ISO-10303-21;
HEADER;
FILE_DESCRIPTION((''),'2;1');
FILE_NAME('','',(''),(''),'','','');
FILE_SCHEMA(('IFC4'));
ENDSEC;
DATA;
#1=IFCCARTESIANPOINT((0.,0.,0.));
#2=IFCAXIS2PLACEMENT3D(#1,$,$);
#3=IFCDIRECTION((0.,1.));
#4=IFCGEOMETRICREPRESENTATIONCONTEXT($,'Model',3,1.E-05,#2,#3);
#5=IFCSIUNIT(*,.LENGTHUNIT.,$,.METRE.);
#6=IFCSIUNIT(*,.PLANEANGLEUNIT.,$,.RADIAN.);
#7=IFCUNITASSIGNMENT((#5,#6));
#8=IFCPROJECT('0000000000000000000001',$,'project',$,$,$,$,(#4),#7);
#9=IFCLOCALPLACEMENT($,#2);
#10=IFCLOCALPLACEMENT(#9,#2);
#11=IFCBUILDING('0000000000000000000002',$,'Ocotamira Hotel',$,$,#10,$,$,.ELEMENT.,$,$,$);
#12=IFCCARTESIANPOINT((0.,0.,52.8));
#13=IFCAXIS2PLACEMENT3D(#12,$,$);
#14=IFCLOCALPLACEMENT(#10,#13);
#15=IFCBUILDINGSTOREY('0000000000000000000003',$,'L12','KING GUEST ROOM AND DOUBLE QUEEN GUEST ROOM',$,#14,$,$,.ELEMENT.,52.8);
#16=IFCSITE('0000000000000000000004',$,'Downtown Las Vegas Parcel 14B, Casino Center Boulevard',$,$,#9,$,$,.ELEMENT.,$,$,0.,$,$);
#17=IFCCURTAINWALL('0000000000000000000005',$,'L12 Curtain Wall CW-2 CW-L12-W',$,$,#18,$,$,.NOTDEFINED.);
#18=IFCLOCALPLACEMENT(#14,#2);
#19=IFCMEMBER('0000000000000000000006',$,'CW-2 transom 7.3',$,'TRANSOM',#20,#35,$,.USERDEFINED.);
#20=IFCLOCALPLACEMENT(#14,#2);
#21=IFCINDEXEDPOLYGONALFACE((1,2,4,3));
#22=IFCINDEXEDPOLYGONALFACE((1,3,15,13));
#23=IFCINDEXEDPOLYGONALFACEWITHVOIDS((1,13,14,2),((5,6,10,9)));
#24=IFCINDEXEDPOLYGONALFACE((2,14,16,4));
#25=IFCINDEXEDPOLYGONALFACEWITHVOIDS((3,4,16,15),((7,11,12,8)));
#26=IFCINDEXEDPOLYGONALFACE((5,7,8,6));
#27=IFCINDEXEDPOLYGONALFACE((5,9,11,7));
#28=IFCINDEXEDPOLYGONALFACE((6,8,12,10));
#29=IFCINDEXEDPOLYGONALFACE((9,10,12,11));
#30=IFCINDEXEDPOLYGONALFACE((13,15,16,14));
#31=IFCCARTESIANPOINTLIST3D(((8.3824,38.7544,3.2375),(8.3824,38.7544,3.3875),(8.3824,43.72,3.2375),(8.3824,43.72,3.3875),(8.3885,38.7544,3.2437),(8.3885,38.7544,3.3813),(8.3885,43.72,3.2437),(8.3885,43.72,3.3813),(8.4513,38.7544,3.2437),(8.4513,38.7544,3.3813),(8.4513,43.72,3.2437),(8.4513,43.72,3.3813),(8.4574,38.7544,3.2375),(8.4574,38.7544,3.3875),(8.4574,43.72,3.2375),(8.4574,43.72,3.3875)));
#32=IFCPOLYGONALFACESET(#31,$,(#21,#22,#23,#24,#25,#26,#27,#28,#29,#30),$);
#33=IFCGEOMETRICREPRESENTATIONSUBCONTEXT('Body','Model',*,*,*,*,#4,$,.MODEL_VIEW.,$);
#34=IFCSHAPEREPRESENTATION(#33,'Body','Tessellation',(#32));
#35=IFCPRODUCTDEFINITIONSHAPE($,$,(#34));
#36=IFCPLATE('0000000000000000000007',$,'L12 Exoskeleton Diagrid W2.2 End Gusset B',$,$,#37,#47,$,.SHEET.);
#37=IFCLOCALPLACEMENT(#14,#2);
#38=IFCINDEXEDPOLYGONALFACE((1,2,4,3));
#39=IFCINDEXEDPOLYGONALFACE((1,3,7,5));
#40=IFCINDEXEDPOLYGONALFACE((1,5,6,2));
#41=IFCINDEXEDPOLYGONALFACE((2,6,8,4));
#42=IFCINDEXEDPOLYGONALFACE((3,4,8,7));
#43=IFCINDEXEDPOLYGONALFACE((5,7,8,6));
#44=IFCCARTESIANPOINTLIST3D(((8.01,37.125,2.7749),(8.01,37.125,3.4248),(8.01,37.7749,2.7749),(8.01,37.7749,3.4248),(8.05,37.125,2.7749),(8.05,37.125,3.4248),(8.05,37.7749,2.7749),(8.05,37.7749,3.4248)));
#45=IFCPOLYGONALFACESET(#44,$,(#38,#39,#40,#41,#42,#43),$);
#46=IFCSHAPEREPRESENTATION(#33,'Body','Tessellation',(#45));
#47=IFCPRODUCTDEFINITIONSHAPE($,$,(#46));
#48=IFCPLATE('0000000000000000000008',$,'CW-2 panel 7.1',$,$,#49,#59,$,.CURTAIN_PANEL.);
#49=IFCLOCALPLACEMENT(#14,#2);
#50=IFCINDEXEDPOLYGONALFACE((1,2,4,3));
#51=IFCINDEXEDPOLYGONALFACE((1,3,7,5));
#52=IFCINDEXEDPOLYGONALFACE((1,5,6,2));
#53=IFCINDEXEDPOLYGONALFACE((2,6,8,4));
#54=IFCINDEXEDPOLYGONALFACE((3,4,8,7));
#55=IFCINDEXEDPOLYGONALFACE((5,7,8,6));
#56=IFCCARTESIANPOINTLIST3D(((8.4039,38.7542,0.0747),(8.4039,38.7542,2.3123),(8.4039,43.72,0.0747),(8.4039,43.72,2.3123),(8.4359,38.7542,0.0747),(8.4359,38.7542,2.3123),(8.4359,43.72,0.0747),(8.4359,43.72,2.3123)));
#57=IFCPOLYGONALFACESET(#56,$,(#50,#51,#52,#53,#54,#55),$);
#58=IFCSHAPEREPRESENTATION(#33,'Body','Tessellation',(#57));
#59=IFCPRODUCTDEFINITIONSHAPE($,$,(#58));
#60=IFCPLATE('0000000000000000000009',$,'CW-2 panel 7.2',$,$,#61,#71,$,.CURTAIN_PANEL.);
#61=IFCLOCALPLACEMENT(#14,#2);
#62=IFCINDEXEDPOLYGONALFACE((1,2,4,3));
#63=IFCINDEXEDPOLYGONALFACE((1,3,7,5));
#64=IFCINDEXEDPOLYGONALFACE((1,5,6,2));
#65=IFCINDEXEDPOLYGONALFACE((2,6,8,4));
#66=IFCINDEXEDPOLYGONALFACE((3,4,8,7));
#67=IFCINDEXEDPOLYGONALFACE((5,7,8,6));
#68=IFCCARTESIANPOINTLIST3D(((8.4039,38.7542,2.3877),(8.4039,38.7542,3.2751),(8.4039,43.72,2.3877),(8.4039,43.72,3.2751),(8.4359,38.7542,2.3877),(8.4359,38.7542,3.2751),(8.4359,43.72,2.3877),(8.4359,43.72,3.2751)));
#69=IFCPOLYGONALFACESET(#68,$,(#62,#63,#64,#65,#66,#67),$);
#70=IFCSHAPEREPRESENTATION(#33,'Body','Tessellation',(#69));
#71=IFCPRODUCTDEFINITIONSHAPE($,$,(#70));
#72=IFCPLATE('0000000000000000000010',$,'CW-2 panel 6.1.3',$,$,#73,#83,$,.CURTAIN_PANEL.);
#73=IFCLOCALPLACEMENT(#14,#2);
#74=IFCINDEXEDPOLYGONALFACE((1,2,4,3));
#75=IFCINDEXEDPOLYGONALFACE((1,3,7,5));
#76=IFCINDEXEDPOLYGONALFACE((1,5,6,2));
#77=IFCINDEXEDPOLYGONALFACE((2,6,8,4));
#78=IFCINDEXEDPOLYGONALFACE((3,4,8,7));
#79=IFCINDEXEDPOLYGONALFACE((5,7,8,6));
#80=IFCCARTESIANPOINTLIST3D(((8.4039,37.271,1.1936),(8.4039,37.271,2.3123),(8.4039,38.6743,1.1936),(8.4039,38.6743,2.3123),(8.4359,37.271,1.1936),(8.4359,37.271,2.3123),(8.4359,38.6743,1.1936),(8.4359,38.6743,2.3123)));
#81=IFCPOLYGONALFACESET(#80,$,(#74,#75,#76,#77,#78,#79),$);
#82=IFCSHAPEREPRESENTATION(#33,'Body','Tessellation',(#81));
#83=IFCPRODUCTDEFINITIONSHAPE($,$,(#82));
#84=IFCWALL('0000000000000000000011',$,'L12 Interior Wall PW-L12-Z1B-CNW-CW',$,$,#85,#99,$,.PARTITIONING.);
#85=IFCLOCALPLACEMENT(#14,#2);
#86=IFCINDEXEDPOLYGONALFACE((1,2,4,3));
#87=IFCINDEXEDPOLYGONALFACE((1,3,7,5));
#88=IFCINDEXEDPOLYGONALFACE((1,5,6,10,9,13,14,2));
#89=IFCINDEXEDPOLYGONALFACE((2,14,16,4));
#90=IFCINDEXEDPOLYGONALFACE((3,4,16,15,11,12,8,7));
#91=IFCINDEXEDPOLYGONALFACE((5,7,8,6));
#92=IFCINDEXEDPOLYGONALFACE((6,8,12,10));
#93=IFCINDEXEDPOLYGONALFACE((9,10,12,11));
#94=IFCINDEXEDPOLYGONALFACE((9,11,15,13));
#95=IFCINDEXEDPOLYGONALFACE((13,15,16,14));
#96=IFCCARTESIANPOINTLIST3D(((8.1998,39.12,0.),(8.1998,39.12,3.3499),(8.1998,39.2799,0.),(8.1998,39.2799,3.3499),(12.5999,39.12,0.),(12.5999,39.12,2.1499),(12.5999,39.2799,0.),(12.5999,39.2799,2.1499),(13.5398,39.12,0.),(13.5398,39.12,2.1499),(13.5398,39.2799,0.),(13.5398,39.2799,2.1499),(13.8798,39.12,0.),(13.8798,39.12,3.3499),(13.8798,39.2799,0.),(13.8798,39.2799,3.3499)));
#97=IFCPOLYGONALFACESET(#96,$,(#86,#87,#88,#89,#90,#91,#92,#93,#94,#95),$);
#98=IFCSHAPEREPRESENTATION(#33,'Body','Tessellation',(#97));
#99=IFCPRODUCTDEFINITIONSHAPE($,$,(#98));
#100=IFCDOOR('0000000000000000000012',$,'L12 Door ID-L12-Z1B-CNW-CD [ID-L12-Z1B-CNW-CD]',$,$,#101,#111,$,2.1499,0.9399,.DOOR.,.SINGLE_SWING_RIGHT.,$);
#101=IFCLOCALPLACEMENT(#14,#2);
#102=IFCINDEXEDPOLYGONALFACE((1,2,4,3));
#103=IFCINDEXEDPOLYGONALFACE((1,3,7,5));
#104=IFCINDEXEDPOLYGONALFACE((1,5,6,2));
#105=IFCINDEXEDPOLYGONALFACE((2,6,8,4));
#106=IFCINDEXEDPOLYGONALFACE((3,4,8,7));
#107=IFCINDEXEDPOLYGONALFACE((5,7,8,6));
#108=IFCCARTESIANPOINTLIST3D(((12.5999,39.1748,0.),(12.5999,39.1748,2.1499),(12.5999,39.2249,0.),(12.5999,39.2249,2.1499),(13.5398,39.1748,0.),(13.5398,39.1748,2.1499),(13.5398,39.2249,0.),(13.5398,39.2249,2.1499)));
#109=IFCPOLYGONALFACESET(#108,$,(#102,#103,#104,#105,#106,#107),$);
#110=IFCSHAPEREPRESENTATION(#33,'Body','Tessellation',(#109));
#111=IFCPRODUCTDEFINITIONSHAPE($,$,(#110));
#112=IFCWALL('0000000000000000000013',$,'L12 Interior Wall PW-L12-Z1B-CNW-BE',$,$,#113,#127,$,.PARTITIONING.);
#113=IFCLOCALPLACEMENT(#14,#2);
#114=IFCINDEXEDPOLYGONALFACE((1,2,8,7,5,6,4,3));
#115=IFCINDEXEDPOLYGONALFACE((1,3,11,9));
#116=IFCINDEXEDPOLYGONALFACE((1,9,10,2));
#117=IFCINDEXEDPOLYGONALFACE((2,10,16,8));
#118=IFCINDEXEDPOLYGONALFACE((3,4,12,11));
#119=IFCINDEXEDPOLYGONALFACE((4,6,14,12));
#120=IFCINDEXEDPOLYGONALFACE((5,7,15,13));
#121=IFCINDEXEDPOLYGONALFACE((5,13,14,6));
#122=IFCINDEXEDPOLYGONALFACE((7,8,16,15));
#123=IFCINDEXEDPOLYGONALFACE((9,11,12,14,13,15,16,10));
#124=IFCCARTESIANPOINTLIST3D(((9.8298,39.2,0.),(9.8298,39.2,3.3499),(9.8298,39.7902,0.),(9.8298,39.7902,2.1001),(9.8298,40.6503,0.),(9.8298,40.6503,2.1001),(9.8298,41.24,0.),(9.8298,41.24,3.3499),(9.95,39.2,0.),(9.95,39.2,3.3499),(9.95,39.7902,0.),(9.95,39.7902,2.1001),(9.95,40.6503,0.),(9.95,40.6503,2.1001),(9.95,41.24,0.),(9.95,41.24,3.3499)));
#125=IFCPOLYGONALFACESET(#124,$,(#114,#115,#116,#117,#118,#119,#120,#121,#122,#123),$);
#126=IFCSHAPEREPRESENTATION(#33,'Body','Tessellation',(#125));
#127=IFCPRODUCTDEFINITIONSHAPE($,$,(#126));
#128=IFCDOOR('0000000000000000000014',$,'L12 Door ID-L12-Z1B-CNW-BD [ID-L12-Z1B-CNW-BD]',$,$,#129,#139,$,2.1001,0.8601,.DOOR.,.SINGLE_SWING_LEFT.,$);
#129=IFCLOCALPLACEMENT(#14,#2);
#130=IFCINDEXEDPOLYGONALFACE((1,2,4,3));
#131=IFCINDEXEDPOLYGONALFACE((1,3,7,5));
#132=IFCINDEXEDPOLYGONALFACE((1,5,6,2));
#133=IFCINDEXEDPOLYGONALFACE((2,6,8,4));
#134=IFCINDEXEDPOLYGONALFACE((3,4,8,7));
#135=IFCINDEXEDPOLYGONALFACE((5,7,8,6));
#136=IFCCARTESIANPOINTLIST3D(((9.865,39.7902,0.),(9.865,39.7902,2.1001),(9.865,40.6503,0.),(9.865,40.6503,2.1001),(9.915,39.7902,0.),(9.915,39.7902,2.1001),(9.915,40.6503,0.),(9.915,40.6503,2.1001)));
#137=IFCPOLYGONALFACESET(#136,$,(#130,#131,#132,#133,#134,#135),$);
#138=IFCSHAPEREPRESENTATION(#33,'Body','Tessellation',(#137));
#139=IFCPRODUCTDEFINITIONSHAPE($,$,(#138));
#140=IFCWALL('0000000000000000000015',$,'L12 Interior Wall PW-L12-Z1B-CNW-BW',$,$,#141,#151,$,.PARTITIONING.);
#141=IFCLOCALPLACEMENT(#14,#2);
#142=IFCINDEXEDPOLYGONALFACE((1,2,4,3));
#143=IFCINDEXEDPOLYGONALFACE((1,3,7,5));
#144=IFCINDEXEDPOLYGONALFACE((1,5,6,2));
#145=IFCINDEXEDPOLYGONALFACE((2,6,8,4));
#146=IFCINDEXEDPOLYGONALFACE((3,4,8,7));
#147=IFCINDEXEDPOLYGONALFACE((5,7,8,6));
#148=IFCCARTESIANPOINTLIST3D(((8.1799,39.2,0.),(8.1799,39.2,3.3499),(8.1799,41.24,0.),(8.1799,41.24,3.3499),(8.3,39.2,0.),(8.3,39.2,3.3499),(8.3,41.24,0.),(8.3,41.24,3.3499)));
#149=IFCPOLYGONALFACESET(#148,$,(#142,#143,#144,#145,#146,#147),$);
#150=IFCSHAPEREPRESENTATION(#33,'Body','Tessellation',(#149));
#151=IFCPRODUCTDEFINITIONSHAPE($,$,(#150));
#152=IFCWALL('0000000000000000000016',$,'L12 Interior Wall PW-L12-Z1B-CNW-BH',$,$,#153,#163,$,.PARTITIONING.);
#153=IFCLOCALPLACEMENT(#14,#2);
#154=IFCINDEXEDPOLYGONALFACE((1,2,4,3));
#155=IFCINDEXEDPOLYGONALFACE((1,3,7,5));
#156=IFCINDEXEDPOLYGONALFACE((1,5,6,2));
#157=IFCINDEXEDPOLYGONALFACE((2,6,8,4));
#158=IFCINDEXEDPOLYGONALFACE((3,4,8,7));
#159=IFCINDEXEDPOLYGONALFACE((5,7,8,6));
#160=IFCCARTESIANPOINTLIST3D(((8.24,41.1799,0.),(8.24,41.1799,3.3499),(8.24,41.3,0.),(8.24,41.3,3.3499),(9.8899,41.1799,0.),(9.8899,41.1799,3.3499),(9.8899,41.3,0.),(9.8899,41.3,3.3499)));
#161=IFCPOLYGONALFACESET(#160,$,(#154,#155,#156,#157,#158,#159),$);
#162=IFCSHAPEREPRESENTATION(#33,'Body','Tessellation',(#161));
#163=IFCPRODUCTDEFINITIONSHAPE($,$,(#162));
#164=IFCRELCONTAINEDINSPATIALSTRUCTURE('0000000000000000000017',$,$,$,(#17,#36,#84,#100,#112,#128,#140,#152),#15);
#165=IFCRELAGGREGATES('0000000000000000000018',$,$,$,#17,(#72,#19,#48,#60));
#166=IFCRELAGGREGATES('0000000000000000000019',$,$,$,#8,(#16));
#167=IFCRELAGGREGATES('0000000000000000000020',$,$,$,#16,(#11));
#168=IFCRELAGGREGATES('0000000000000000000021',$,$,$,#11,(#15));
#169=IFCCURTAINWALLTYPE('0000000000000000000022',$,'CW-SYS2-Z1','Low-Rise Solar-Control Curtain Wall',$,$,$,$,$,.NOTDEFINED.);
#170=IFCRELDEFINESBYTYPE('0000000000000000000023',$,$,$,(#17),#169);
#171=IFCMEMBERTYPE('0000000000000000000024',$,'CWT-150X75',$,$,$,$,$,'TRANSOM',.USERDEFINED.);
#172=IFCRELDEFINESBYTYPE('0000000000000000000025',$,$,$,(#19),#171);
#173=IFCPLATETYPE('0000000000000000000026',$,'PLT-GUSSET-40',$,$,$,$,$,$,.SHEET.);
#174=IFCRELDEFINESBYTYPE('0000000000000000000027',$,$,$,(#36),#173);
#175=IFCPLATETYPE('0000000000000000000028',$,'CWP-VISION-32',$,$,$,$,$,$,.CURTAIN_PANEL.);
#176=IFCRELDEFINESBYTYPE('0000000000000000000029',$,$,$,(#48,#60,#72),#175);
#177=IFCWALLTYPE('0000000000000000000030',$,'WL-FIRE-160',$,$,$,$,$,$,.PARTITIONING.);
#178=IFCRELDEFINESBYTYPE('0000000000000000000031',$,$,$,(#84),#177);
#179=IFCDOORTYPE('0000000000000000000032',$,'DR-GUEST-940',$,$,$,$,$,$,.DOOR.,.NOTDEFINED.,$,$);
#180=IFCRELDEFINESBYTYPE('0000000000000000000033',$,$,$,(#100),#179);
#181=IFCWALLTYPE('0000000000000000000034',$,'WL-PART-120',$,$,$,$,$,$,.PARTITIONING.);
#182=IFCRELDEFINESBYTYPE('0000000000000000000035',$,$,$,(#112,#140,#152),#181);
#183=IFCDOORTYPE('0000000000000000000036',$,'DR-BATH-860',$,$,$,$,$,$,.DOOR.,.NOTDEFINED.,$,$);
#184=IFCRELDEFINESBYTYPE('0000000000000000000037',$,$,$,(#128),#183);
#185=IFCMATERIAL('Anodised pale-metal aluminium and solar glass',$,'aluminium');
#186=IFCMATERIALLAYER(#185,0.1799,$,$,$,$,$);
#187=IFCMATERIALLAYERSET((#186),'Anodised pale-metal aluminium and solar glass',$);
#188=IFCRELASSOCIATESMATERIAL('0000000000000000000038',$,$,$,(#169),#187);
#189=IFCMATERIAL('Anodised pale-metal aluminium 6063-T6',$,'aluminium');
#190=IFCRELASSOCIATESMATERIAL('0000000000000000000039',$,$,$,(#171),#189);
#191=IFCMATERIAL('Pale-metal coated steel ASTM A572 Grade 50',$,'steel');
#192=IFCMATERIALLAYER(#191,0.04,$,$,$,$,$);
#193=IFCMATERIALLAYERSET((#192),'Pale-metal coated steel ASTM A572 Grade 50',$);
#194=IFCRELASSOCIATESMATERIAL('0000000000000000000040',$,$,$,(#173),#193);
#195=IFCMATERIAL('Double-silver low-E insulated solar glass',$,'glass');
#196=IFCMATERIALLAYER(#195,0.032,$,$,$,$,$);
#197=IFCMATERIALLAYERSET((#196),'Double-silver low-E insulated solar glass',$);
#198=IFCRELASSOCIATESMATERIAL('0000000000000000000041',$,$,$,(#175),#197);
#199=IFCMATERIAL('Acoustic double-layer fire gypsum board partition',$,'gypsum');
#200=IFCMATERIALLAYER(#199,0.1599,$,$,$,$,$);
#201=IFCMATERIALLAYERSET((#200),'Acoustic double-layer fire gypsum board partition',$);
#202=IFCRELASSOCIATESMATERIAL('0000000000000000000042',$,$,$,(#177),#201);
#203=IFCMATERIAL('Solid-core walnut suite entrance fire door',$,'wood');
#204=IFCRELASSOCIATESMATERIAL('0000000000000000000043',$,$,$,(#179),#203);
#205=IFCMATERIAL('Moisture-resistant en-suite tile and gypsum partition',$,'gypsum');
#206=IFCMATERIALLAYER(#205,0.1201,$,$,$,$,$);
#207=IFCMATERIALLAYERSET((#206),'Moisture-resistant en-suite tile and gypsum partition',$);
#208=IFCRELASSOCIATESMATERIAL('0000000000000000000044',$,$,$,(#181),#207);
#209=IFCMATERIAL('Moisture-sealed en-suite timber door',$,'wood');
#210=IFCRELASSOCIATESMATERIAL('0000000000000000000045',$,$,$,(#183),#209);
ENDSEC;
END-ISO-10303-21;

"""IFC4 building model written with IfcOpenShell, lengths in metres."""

from ifc_helpers import new_model, si_unit, direction, frame, frame_2d, origin, origin_2d, place, context, subcontext, project, spatial, rectangle, hollow_rectangle, extrude, source, transform, mapped, material, layer, layer_set, material_profile, profile_set, type_object, element, fill, aggregate, save


model = new_model("IFC4")

# Units and contexts
model_context = context("Model", 3, precision=1e-05, world=origin(), true_north=direction((0.0, 1.0)))
body_context = subcontext(model_context, "Body", "Model", "MODEL_VIEW")
ifc_project = project(units=[si_unit("LENGTHUNIT", "METRE"), si_unit("PLANEANGLEUNIT", "RADIAN")], contexts=[model_context])

# Site, building, storey
site_placement = place(None, origin())
site = spatial("IfcSite", under=ifc_project, at=site_placement, Name="Downtown Las Vegas Parcel 14B, Casino Center Boulevard", CompositionType="ELEMENT", RefElevation=0.0)
building_placement = place(site_placement, origin())
building = spatial("IfcBuilding", under=site, at=building_placement, Name="Ocotamira Hotel", CompositionType="ELEMENT")
storey_placement = place(building_placement, frame((0.0, 0.0, 52.8)))
storey = spatial("IfcBuildingStorey", under=building, at=storey_placement, Name="L12", Description="KING GUEST ROOM AND DOUBLE QUEEN GUEST ROOM", CompositionType="ELEMENT", Elevation=52.8)

# Curtain wall, member
ifc_material_1 = material(Name="Anodised pale-metal aluminium and solar glass", Category="aluminium")
ifc_layer_1 = layer(ifc_material_1, 0.1799)
ifc_layer_set_1 = layer_set([ifc_layer_1], Name="Anodised pale-metal aluminium and solar glass")
curtain_wall_type = type_object("IfcCurtainWallType", Name="CW-SYS2-Z1", Description="Low-Rise Solar-Control Curtain Wall", PredefinedType="NOTDEFINED", material=ifc_layer_set_1)
curtain_wall_placement = place(storey_placement, origin())
curtain_wall = element("IfcCurtainWall", 1, at=curtain_wall_placement, inside=storey, type_object=curtain_wall_type, Name="L12 Curtain Wall CW-2 CW-L12-W", PredefinedType="NOTDEFINED")
ifc_material_2 = material(Name="Anodised pale-metal aluminium 6063-T6", Category="aluminium")
ifc_material_profile_1 = material_profile(ifc_material_2, hollow_rectangle(XDim=0.075, YDim=0.1499, WallThickness=0.0061, at=origin_2d()), Name="HSS150X75X6")
ifc_profile_set_1 = profile_set([ifc_material_profile_1], Name="Anodised pale-metal aluminium 6063-T6")
member_type_1 = type_object("IfcMemberType", Name="CWT-150X75", ElementType="TRANSOM", PredefinedType="USERDEFINED", material=ifc_profile_set_1)
shared_shape_1 = source(origin(), body_context, "Body", "SweptSolid", [
    extrude(hollow_rectangle(XDim=0.075, YDim=0.1499, WallThickness=0.0061, at=origin_2d()), origin(), (0.0, 0.0, 1.0), 4.9656),
])
member_1_placement = place(storey_placement, frame((8.4199, 38.7544, 3.3125), z_axis=(0.0, 1.0, 0.0), x_axis=(-1.0, 0.0, 0.0)))
member_1 = element("IfcMember", 2, at=member_1_placement, type_object=member_type_1, Name="CW-2 transom 7.3", ObjectType="TRANSOM", PredefinedType="USERDEFINED", context=body_context, shape_type="MappedRepresentation", body=[
    mapped(shared_shape_1, transform((0.0, 0.0, 0.0), scale=1.0)),
])

# Plates
ifc_material_3 = material(Name="Pale-metal coated steel ASTM A572 Grade 50", Category="steel")
ifc_layer_2 = layer(ifc_material_3, 0.04)
ifc_layer_set_2 = layer_set([ifc_layer_2], Name="Pale-metal coated steel ASTM A572 Grade 50")
plate_type_1 = type_object("IfcPlateType", Name="PLT-GUSSET-40", PredefinedType="SHEET", material=ifc_layer_set_2)
shared_shape_2 = source(origin(), body_context, "Body", "SweptSolid", [
    extrude(rectangle(XDim=0.04, YDim=0.6499, at=origin_2d()), origin(), (0.0, 0.0, 1.0), 0.6499),
])
plate_1_placement = place(storey_placement, frame((8.03, 37.45, 2.7749), z_axis=(0.0, 0.0, 1.0), x_axis=(1.0, 0.0, 0.0)))
element("IfcPlate", 3, at=plate_1_placement, inside=storey, type_object=plate_type_1, Name="L12 Exoskeleton Diagrid W2.2 End Gusset B", PredefinedType="SHEET", context=body_context, shape_type="MappedRepresentation", body=[
    mapped(shared_shape_2, transform((0.0, 0.0, 0.0), scale=1.0)),
])
ifc_material_4 = material(Name="Double-silver low-E insulated solar glass", Category="glass")
ifc_layer_3 = layer(ifc_material_4, 0.032)
ifc_layer_set_3 = layer_set([ifc_layer_3], Name="Double-silver low-E insulated solar glass")
plate_type_2 = type_object("IfcPlateType", Name="CWP-VISION-32", PredefinedType="CURTAIN_PANEL", material=ifc_layer_set_3)
shared_shape_3 = source(origin(), body_context, "Body", "SweptSolid", [
    extrude(rectangle(XDim=4.9658, YDim=0.032, at=origin_2d()), origin(), (0.0, 0.0, 1.0), 2.2375),
])
plate_2_placement = place(storey_placement, frame((8.4199, 41.2371, 0.0747), z_axis=(0.0, 0.0, 1.0), x_axis=(0.0, 1.0, 0.0)))
plate_2 = element("IfcPlate", 4, at=plate_2_placement, type_object=plate_type_2, Name="CW-2 panel 7.1", PredefinedType="CURTAIN_PANEL", context=body_context, shape_type="MappedRepresentation", body=[
    mapped(shared_shape_3, transform((0.0, 0.0, 0.0), scale=1.0)),
])
shared_shape_4 = source(origin(), body_context, "Body", "SweptSolid", [
    extrude(rectangle(XDim=4.9658, YDim=0.032, at=origin_2d()), origin(), (0.0, 0.0, 1.0), 0.8875),
])
plate_3_placement = place(storey_placement, frame((8.4199, 41.2371, 2.3877), z_axis=(0.0, 0.0, 1.0), x_axis=(0.0, 1.0, 0.0)))
plate_3 = element("IfcPlate", 5, at=plate_3_placement, type_object=plate_type_2, Name="CW-2 panel 7.2", PredefinedType="CURTAIN_PANEL", context=body_context, shape_type="MappedRepresentation", body=[
    mapped(shared_shape_4, transform((0.0, 0.0, 0.0), scale=1.0)),
])
shared_shape_5 = source(origin(), body_context, "Body", "SweptSolid", [
    extrude(rectangle(XDim=1.4033, YDim=0.032, at=origin_2d()), origin(), (0.0, 0.0, 1.0), 1.1187),
])
plate_4_placement = place(storey_placement, frame((8.4199, 37.9727, 1.1936), z_axis=(0.0, 0.0, 1.0), x_axis=(0.0, 1.0, 0.0)))
plate_4 = element("IfcPlate", 6, at=plate_4_placement, type_object=plate_type_2, Name="CW-2 panel 6.1.3", PredefinedType="CURTAIN_PANEL", context=body_context, shape_type="MappedRepresentation", body=[
    mapped(shared_shape_5, transform((0.0, 0.0, 0.0), scale=1.0)),
])
aggregate(curtain_wall, [plate_4, member_1, plate_2, plate_3])

# Wall, opening, door
ifc_material_5 = material(Name="Acoustic double-layer fire gypsum board partition", Category="gypsum")
ifc_layer_4 = layer(ifc_material_5, 0.1599)
ifc_layer_set_4 = layer_set([ifc_layer_4], Name="Acoustic double-layer fire gypsum board partition")
wall_type_1 = type_object("IfcWallType", Name="WL-FIRE-160", PredefinedType="PARTITIONING", material=ifc_layer_set_4)
wall_1_placement = place(storey_placement, frame((8.2, 39.2, 0.0), z_axis=(0.0, 0.0, 1.0), x_axis=(1.0, 0.0, 0.0)))
wall_1 = element("IfcWall", 7, at=wall_1_placement, inside=storey, type_object=wall_type_1, Name="L12 Interior Wall PW-L12-Z1B-CNW-CW", PredefinedType="PARTITIONING", context=body_context, shape_type="SweptSolid", body=[
    extrude(rectangle(XDim=5.6799, YDim=0.1599, at=frame_2d((2.8398, 0.0))), origin(), (0.0, 0.0, 1.0), 3.3499),
])
opening_1_placement = place(wall_1_placement, frame((4.3999, 0.0, 0.0)))
opening_1 = element("IfcOpeningElement", 8, at=opening_1_placement, cuts=wall_1, PredefinedType="OPENING", context=body_context, shape_type="SweptSolid", body=[
    extrude(rectangle(XDim=0.9399, YDim=2.1499, at=frame_2d((0.47, 1.075))), frame((0.0, 0.0898, 0.0), z_axis=(0.0, -1.0, 0.0), x_axis=(1.0, 0.0, 0.0)), (0.0, 0.0, 1.0), 0.1799),
])
ifc_material_6 = material(Name="Solid-core walnut suite entrance fire door", Category="wood")
door_type_1 = type_object("IfcDoorType", Name="DR-GUEST-940", OperationType="NOTDEFINED", PredefinedType="DOOR", material=ifc_material_6)
shared_shape_6 = source(origin(), body_context, "Body", "SweptSolid", [
    extrude(rectangle(XDim=0.9399, YDim=2.1499, at=frame_2d((0.47, 1.075))), frame((0.0, 0.0249, 0.0), z_axis=(0.0, -1.0, 0.0), x_axis=(1.0, 0.0, 0.0)), (0.0, 0.0, 1.0), 0.05),
])
door_1_placement = place(opening_1_placement, origin())
door_1 = element("IfcDoor", 9, at=door_1_placement, inside=storey, type_object=door_type_1, Name="L12 Door ID-L12-Z1B-CNW-CD [ID-L12-Z1B-CNW-CD]", OperationType="SINGLE_SWING_RIGHT", OverallHeight=2.1499, OverallWidth=0.9399, PredefinedType="DOOR", context=body_context, shape_type="MappedRepresentation", body=[
    mapped(shared_shape_6, transform((0.0, 0.0, 0.0), scale=1.0)),
])
fill(opening_1, door_1)

# Wall, opening, door
ifc_material_7 = material(Name="Moisture-resistant en-suite tile and gypsum partition", Category="gypsum")
ifc_layer_5 = layer(ifc_material_7, 0.1201)
ifc_layer_set_5 = layer_set([ifc_layer_5], Name="Moisture-resistant en-suite tile and gypsum partition")
wall_type_2 = type_object("IfcWallType", Name="WL-PART-120", PredefinedType="PARTITIONING", material=ifc_layer_set_5)
wall_2_placement = place(storey_placement, frame((9.8899, 39.2, 0.0), z_axis=(0.0, 0.0, 1.0), x_axis=(0.0, 1.0, 0.0)))
wall_2 = element("IfcWall", 10, at=wall_2_placement, inside=storey, type_object=wall_type_2, Name="L12 Interior Wall PW-L12-Z1B-CNW-BE", PredefinedType="PARTITIONING", context=body_context, shape_type="SweptSolid", body=[
    extrude(rectangle(XDim=2.04, YDim=0.1201, at=frame_2d((1.02, 0.0))), origin(), (0.0, 0.0, 1.0), 3.3499),
])
opening_2_placement = place(wall_2_placement, frame((0.5901, 0.0, 0.0)))
opening_2 = element("IfcOpeningElement", 11, at=opening_2_placement, cuts=wall_2, PredefinedType="OPENING", context=body_context, shape_type="SweptSolid", body=[
    extrude(rectangle(XDim=0.8601, YDim=2.1001, at=frame_2d((0.4302, 1.05))), frame((0.0, 0.0701, 0.0), z_axis=(0.0, -1.0, 0.0), x_axis=(1.0, 0.0, 0.0)), (0.0, 0.0, 1.0), 0.1401),
])
ifc_material_8 = material(Name="Moisture-sealed en-suite timber door", Category="wood")
door_type_2 = type_object("IfcDoorType", Name="DR-BATH-860", OperationType="NOTDEFINED", PredefinedType="DOOR", material=ifc_material_8)
shared_shape_7 = source(origin(), body_context, "Body", "SweptSolid", [
    extrude(rectangle(XDim=0.8601, YDim=2.1001, at=frame_2d((0.4302, 1.05))), frame((0.0, 0.0249, 0.0), z_axis=(0.0, -1.0, 0.0), x_axis=(1.0, 0.0, 0.0)), (0.0, 0.0, 1.0), 0.05),
])
door_2_placement = place(opening_2_placement, origin())
door_2 = element("IfcDoor", 12, at=door_2_placement, inside=storey, type_object=door_type_2, Name="L12 Door ID-L12-Z1B-CNW-BD [ID-L12-Z1B-CNW-BD]", OperationType="SINGLE_SWING_LEFT", OverallHeight=2.1001, OverallWidth=0.8601, PredefinedType="DOOR", context=body_context, shape_type="MappedRepresentation", body=[
    mapped(shared_shape_7, transform((0.0, 0.0, 0.0), scale=1.0)),
])
fill(opening_2, door_2)

# Walls
wall_3_placement = place(storey_placement, frame((8.24, 39.2, 0.0), z_axis=(0.0, 0.0, 1.0), x_axis=(0.0, 1.0, 0.0)))
element("IfcWall", 13, at=wall_3_placement, inside=storey, type_object=wall_type_2, Name="L12 Interior Wall PW-L12-Z1B-CNW-BW", PredefinedType="PARTITIONING", context=body_context, shape_type="SweptSolid", body=[
    extrude(rectangle(XDim=2.04, YDim=0.1201, at=frame_2d((1.02, 0.0))), origin(), (0.0, 0.0, 1.0), 3.3499),
])
wall_4_placement = place(storey_placement, frame((8.24, 41.24, 0.0), z_axis=(0.0, 0.0, 1.0), x_axis=(1.0, 0.0, 0.0)))
element("IfcWall", 14, at=wall_4_placement, inside=storey, type_object=wall_type_2, Name="L12 Interior Wall PW-L12-Z1B-CNW-BH", PredefinedType="PARTITIONING", context=body_context, shape_type="SweptSolid", body=[
    extrude(rectangle(XDim=1.6499, YDim=0.1201, at=frame_2d((0.825, 0.0))), origin(), (0.0, 0.0, 1.0), 3.3499),
])

save(model, "model.ifc")
